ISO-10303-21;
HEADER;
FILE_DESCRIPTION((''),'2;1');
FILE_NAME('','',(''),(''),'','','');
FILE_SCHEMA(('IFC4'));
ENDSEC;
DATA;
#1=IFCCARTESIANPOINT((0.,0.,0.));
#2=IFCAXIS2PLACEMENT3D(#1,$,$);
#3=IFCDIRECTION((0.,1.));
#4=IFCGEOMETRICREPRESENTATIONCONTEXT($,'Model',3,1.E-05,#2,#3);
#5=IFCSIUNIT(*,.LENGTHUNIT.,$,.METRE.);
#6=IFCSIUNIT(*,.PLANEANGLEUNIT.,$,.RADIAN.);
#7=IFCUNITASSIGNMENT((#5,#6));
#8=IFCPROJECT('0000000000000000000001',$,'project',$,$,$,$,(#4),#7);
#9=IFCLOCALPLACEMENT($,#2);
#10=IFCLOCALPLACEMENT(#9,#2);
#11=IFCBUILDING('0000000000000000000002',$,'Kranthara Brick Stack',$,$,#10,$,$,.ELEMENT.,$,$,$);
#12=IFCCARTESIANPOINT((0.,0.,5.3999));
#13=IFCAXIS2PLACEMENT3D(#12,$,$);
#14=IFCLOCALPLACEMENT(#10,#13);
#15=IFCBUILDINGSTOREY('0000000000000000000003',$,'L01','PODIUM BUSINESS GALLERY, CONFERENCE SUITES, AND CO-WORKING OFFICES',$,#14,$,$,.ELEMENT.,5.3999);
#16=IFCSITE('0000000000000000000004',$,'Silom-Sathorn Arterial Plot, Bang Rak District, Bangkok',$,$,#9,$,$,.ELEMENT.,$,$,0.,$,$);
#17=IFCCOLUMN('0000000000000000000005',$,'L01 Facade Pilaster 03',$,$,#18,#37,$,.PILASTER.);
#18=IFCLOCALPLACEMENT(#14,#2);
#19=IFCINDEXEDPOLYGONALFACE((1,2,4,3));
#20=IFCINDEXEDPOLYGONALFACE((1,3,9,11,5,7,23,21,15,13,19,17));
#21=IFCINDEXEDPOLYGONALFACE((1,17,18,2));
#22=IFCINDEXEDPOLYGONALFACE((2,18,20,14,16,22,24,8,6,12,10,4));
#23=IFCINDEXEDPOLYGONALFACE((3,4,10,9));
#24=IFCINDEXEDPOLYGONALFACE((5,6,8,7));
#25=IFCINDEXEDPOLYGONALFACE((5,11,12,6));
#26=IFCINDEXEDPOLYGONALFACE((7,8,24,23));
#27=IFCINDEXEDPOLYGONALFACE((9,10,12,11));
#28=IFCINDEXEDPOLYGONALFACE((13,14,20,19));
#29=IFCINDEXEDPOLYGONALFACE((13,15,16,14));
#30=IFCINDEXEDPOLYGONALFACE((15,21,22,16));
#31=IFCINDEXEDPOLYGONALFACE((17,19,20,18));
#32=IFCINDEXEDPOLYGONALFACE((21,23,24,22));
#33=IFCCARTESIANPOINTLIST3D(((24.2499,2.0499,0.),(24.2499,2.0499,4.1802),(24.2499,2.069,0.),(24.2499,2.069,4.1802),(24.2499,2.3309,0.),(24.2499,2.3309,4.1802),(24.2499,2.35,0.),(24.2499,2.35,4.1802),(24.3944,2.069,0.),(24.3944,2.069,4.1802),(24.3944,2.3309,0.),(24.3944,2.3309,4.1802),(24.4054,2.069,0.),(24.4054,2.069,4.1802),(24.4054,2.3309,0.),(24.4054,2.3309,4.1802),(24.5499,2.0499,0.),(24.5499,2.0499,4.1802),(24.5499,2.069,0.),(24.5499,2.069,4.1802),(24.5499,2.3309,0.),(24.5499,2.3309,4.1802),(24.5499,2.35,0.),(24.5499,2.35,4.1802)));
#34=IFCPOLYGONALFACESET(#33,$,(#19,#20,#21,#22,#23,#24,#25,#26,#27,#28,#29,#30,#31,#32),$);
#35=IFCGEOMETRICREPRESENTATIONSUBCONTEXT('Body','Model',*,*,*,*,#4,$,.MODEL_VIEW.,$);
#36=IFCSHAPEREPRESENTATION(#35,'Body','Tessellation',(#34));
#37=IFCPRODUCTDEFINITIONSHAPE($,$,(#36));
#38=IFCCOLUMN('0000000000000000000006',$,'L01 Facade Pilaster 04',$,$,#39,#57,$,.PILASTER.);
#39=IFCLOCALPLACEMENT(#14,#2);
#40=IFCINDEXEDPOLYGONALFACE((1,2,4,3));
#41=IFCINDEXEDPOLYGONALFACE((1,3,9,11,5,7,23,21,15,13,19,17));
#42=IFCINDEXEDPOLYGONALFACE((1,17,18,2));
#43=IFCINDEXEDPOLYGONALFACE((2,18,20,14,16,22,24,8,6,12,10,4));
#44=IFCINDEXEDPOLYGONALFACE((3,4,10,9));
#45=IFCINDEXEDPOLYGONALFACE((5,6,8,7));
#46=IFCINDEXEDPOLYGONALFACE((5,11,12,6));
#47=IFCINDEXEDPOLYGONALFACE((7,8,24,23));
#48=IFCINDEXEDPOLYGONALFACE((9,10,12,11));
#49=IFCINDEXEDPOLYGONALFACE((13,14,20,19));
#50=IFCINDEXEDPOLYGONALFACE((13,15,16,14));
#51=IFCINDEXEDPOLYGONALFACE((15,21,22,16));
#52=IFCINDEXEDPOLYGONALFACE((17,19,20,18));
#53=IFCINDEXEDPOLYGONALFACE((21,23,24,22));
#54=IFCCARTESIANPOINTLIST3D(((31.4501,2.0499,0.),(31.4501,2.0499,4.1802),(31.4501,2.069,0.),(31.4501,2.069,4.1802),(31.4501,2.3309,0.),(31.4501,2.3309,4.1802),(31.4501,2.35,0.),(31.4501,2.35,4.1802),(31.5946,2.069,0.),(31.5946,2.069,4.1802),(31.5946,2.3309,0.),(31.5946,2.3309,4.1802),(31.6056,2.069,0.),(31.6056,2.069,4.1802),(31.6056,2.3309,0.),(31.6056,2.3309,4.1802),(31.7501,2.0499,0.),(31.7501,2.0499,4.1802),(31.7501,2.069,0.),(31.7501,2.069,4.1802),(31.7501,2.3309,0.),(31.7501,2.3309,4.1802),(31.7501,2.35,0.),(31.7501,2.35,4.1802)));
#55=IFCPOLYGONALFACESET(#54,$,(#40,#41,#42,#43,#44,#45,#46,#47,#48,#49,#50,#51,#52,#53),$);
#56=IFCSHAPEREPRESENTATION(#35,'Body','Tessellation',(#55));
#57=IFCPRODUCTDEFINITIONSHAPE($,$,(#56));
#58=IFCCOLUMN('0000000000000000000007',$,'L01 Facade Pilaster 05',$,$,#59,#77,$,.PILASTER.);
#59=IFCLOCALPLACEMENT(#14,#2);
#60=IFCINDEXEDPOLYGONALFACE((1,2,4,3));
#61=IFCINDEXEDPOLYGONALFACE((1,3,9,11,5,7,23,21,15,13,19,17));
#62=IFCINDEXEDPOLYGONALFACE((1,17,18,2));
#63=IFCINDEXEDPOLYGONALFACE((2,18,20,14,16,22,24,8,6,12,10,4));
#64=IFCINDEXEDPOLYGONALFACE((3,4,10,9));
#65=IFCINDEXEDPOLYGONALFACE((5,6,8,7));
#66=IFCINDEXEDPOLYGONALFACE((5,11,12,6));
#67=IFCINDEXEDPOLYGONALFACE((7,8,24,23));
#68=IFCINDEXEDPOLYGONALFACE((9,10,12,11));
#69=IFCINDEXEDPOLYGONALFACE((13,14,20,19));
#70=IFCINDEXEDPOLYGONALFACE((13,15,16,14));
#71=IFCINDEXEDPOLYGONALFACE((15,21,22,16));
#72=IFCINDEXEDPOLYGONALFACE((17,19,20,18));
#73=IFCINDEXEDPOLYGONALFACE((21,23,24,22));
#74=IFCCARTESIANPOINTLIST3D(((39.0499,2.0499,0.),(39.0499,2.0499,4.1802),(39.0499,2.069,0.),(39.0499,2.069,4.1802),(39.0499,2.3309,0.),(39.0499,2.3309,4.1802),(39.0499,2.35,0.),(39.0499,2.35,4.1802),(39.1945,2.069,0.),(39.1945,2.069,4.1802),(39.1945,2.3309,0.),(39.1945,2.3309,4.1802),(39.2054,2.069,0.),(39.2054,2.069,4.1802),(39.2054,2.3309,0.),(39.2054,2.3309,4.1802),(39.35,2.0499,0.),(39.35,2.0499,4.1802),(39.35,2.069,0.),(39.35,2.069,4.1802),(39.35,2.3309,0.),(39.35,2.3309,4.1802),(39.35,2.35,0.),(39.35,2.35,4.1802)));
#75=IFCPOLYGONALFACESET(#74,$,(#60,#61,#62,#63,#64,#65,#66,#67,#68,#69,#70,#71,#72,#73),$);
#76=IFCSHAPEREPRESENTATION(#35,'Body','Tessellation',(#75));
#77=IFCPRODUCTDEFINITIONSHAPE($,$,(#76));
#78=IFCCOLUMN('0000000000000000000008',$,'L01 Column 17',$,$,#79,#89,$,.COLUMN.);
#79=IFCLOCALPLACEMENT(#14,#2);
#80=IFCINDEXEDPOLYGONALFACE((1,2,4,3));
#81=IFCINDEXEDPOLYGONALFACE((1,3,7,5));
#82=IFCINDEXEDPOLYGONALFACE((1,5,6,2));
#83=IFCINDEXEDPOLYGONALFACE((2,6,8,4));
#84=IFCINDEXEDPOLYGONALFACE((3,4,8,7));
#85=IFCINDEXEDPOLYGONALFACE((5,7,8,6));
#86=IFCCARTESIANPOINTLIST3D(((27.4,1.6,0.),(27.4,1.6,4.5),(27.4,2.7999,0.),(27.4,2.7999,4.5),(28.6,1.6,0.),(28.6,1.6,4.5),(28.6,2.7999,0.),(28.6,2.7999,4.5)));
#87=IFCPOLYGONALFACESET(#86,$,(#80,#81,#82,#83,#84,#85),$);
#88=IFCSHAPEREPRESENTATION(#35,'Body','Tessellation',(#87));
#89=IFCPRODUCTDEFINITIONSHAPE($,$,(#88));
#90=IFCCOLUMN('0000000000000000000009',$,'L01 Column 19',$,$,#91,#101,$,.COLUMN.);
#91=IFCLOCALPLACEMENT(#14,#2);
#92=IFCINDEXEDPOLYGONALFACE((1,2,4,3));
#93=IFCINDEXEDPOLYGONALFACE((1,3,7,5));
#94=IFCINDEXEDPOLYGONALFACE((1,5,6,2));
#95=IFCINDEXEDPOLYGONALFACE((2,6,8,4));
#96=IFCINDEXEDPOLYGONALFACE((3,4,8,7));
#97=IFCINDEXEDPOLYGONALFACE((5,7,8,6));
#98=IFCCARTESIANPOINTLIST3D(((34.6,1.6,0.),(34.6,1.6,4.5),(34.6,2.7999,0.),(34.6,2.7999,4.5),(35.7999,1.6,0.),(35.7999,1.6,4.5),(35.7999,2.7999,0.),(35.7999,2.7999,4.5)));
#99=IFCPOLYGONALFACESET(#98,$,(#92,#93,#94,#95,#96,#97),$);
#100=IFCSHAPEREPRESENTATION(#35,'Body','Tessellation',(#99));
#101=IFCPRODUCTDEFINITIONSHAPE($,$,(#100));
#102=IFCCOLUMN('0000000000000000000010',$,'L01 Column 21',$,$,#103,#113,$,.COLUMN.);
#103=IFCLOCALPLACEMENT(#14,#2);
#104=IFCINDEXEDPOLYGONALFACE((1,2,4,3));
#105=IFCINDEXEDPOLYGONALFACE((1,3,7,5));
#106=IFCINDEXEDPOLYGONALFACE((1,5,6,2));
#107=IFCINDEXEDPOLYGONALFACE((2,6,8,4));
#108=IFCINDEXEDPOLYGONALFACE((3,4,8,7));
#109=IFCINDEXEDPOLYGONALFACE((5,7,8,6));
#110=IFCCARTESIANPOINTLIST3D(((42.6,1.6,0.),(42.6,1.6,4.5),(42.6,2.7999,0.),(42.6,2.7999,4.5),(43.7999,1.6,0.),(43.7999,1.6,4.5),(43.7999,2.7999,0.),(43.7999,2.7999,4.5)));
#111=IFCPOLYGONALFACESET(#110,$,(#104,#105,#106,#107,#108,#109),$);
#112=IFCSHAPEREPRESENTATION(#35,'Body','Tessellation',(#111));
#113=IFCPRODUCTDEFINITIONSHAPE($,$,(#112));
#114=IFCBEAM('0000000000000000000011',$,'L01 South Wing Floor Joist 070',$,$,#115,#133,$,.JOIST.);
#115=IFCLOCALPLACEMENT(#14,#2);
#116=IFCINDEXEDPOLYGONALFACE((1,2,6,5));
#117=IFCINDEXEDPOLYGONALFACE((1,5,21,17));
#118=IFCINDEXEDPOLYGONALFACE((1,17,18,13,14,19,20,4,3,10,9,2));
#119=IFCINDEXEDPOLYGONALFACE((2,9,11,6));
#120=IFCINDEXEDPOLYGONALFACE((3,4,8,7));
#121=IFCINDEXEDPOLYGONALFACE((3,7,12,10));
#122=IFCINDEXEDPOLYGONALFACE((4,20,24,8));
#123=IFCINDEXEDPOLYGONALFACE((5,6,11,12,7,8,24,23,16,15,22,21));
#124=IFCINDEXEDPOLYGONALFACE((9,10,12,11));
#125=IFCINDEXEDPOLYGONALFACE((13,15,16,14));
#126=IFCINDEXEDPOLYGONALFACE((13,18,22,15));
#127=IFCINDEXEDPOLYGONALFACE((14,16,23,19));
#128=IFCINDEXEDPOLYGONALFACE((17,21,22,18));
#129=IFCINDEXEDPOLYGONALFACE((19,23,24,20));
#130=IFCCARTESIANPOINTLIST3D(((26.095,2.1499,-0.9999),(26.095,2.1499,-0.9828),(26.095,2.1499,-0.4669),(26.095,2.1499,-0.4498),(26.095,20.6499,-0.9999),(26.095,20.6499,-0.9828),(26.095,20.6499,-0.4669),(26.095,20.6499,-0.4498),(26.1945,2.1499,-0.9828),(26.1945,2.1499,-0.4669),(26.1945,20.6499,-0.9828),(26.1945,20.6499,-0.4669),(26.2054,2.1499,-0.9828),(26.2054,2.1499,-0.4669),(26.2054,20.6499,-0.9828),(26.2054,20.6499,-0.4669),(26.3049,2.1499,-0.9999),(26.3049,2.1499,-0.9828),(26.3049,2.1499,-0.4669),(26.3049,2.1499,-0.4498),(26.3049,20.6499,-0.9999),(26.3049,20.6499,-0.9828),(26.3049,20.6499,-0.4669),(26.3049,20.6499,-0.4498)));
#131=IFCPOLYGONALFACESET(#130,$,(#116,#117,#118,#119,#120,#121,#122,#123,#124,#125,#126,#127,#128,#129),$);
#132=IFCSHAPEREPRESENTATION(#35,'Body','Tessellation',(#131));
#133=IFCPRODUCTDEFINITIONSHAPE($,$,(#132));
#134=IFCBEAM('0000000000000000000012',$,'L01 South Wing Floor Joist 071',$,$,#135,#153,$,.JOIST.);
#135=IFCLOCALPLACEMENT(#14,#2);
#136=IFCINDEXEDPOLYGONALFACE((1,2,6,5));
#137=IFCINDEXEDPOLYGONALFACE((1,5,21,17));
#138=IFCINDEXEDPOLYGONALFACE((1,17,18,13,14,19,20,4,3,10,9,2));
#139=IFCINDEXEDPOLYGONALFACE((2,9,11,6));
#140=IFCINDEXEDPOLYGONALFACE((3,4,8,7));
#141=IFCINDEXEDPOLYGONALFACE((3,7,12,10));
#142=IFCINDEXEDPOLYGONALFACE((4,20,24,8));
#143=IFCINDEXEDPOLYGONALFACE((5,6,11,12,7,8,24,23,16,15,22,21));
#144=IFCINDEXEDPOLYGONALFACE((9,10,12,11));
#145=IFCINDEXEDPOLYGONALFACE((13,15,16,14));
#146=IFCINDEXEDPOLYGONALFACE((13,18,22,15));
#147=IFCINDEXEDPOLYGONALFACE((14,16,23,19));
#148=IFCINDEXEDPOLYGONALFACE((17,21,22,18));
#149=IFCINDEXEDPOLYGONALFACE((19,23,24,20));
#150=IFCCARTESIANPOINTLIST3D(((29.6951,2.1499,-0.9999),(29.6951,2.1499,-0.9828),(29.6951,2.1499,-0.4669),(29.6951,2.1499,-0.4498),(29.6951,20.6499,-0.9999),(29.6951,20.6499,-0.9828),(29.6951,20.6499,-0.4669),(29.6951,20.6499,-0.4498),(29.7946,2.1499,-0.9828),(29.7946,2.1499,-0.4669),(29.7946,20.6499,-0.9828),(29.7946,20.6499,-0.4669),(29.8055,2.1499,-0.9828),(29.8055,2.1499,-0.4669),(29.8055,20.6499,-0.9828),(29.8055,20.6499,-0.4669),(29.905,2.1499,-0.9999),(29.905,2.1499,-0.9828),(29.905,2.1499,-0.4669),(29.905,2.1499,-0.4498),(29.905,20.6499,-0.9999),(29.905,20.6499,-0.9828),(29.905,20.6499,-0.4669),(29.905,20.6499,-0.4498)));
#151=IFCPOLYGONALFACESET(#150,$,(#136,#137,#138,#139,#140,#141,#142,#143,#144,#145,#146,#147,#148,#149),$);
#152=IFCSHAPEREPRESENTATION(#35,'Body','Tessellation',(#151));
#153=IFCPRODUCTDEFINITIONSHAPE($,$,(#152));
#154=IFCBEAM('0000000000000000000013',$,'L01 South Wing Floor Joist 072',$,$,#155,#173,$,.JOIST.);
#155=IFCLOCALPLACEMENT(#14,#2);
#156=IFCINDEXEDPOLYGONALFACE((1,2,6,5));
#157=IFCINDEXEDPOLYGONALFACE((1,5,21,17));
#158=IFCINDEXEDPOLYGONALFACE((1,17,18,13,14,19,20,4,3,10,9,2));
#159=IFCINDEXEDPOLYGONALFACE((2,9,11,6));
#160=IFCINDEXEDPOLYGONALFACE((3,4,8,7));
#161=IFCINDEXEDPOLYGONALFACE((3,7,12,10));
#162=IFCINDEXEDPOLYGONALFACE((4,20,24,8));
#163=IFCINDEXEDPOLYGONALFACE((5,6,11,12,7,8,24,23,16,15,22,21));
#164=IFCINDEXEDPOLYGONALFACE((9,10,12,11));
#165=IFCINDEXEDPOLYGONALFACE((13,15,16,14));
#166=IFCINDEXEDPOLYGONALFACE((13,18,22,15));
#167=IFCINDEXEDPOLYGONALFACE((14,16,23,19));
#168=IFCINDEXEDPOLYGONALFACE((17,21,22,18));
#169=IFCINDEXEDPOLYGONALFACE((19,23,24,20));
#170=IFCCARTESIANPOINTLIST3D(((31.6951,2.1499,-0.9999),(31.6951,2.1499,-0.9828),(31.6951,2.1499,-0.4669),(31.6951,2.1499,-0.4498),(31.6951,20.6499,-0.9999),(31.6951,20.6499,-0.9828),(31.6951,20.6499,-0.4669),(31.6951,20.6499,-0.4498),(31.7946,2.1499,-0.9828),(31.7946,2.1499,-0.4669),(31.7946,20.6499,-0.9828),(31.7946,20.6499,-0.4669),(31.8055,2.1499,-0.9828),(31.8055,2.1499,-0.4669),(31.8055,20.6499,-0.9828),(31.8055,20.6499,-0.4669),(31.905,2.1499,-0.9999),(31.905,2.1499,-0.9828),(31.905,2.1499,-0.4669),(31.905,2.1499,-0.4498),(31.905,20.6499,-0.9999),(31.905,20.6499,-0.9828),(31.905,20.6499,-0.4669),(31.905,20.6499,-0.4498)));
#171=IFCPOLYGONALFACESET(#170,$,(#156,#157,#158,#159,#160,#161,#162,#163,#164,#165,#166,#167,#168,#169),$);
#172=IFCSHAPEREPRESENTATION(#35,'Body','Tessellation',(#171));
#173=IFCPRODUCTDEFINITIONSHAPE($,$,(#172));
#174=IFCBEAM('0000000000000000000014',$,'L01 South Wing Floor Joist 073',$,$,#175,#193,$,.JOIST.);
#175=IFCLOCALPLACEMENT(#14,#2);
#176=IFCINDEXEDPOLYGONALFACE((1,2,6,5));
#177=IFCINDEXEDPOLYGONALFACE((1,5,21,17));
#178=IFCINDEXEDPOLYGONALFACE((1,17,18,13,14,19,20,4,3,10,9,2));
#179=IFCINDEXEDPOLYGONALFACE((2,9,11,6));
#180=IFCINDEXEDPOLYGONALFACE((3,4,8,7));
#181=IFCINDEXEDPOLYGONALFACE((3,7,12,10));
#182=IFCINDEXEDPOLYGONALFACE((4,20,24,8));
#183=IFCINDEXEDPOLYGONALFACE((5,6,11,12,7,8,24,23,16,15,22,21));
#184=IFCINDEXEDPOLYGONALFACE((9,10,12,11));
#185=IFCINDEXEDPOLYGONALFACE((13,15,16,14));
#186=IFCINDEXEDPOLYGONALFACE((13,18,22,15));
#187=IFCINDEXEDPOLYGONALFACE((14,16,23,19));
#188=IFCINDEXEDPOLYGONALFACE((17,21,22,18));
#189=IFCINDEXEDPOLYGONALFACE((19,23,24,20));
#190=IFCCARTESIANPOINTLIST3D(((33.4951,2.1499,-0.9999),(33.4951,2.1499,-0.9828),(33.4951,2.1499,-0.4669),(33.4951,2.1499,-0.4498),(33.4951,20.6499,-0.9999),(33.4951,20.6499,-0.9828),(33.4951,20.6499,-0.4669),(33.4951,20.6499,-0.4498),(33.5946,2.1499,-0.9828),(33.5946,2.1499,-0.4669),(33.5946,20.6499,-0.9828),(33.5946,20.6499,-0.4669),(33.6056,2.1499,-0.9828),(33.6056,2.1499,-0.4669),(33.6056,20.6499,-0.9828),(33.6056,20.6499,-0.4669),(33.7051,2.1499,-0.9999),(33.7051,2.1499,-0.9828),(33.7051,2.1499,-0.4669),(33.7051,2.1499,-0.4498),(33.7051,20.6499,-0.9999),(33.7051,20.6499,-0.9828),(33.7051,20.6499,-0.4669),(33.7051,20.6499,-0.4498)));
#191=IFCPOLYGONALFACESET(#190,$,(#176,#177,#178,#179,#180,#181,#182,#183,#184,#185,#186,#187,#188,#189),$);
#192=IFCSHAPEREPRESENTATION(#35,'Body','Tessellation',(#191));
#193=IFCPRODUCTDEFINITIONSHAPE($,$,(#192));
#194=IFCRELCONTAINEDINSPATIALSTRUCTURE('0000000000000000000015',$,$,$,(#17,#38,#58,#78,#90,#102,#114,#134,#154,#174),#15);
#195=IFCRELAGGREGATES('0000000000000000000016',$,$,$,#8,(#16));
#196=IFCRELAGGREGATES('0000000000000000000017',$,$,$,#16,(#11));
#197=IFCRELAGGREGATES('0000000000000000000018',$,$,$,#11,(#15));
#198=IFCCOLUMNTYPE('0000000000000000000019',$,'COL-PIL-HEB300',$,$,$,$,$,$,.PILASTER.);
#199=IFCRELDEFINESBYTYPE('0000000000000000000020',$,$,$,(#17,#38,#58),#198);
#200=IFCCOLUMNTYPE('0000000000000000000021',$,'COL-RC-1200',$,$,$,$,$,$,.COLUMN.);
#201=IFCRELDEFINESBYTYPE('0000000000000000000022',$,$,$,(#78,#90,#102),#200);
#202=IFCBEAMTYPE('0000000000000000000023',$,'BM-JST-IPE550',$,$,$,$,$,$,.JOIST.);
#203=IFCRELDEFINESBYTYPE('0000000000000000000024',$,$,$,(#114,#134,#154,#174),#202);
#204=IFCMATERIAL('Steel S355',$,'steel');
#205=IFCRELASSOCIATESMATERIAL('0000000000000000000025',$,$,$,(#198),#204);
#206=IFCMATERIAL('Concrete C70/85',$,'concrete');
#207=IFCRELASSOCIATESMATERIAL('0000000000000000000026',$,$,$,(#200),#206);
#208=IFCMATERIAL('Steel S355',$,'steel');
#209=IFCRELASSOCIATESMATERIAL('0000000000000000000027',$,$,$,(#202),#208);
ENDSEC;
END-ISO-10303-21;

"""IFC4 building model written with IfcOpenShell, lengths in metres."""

from ifc_helpers import new_model, si_unit, direction, frame, origin, origin_2d, place, context, subcontext, project, spatial, rectangle, i_section, extrude, material, material_profile, profile_set, type_object, element, save


model = new_model("IFC4")

# Units and contexts
model_context = context("Model", 3, precision=1e-05, world=origin(), true_north=direction((0.0, 1.0)))
body_context = subcontext(model_context, "Body", "Model", "MODEL_VIEW")
ifc_project = project(units=[si_unit("LENGTHUNIT", "METRE"), si_unit("PLANEANGLEUNIT", "RADIAN")], contexts=[model_context])

# Site, building, storey
site_placement = place(None, origin())
site = spatial("IfcSite", under=ifc_project, at=site_placement, Name="Silom-Sathorn Arterial Plot, Bang Rak District, Bangkok", CompositionType="ELEMENT", RefElevation=0.0)
building_placement = place(site_placement, origin())
building = spatial("IfcBuilding", under=site, at=building_placement, Name="Kranthara Brick Stack", CompositionType="ELEMENT")
storey_placement = place(building_placement, frame((0.0, 0.0, 5.3999)))
storey = spatial("IfcBuildingStorey", under=building, at=storey_placement, Name="L01", Description="PODIUM BUSINESS GALLERY, CONFERENCE SUITES, AND CO-WORKING OFFICES", CompositionType="ELEMENT", Elevation=5.3999)

# Columns
ifc_material_1 = material(Name="Steel S355", Category="steel")
ifc_material_profile_1 = material_profile(ifc_material_1, i_section(OverallWidth=0.3, OverallDepth=0.3, WebThickness=0.011, FlangeThickness=0.019, at=origin_2d()), Name="HEB 300")
ifc_profile_set_1 = profile_set([ifc_material_profile_1], Name="Steel S355")
column_type_1 = type_object("IfcColumnType", Name="COL-PIL-HEB300", PredefinedType="PILASTER", material=ifc_profile_set_1)
for number, where, z_axis, x_axis, name in (
    (1, (24.3999, 2.2, 0.0), (0.0, 0.0, 1.0), (1.0, 0.0, 0.0), "L01 Facade Pilaster 03"),
    (2, (31.6001, 2.2, 0.0), (0.0, 0.0, 1.0), (1.0, 0.0, 0.0), "L01 Facade Pilaster 04"),
    (3, (39.2, 2.2, 0.0), (0.0, 0.0, 1.0), (1.0, 0.0, 0.0), "L01 Facade Pilaster 05"),
):
    element("IfcColumn", number, at=place(storey_placement, frame(where, z_axis=z_axis, x_axis=x_axis)), inside=storey, type_object=column_type_1, Name=name, PredefinedType="PILASTER", context=body_context, shape_type="SweptSolid", body=[
        extrude(i_section(OverallWidth=0.3, OverallDepth=0.3, WebThickness=0.011, FlangeThickness=0.019, at=origin_2d()), origin(), (0.0, 0.0, 1.0), 4.1802),
    ])
ifc_material_2 = material(Name="Concrete C70/85", Category="concrete")
ifc_material_profile_2 = material_profile(ifc_material_2, rectangle(XDim=1.2, YDim=1.2, at=origin_2d()), Name="RC 1200x1200")
ifc_profile_set_2 = profile_set([ifc_material_profile_2], Name="Concrete C70/85")
column_type_2 = type_object("IfcColumnType", Name="COL-RC-1200", PredefinedType="COLUMN", material=ifc_profile_set_2)
for number, where, z_axis, x_axis, name in (
    (4, (28.0, 2.2, 0.0), (0.0, 0.0, 1.0), (1.0, 0.0, 0.0), "L01 Column 17"),
    (5, (35.2, 2.2, 0.0), (0.0, 0.0, 1.0), (1.0, 0.0, 0.0), "L01 Column 19"),
    (6, (43.2, 2.2, 0.0), (0.0, 0.0, 1.0), (1.0, 0.0, 0.0), "L01 Column 21"),
):
    element("IfcColumn", number, at=place(storey_placement, frame(where, z_axis=z_axis, x_axis=x_axis)), inside=storey, type_object=column_type_2, Name=name, PredefinedType="COLUMN", context=body_context, shape_type="SweptSolid", body=[
        extrude(rectangle(XDim=1.2, YDim=1.2, at=origin_2d()), origin(), (0.0, 0.0, 1.0), 4.5),
    ])

# Beams
ifc_material_3 = material(Name="Steel S355", Category="steel")
ifc_material_profile_3 = material_profile(ifc_material_3, i_section(OverallWidth=0.21, OverallDepth=0.55, WebThickness=0.011, FlangeThickness=0.0171, at=origin_2d()), Name="IPE 550")
ifc_profile_set_3 = profile_set([ifc_material_profile_3], Name="Steel S355")
beam_type_1 = type_object("IfcBeamType", Name="BM-JST-IPE550", PredefinedType="JOIST", material=ifc_profile_set_3)
for number, where, z_axis, x_axis, name in (
    (7, (26.2, 2.1499, -0.7249), (0.0, 1.0, 0.0), (-1.0, 0.0, 0.0), "L01 South Wing Floor Joist 070"),
    (8, (29.8, 2.1499, -0.7249), (0.0, 1.0, 0.0), (-1.0, 0.0, 0.0), "L01 South Wing Floor Joist 071"),
    (9, (31.8, 2.1499, -0.7249), (0.0, 1.0, 0.0), (-1.0, 0.0, 0.0), "L01 South Wing Floor Joist 072"),
    (10, (33.6001, 2.1499, -0.7249), (0.0, 1.0, 0.0), (-1.0, 0.0, 0.0), "L01 South Wing Floor Joist 073"),
):
    element("IfcBeam", number, at=place(storey_placement, frame(where, z_axis=z_axis, x_axis=x_axis)), inside=storey, type_object=beam_type_1, Name=name, PredefinedType="JOIST", context=body_context, shape_type="SweptSolid", body=[
        extrude(i_section(OverallWidth=0.21, OverallDepth=0.55, WebThickness=0.011, FlangeThickness=0.0171, at=origin_2d()), origin(), (0.0, 0.0, 1.0), 18.5),
    ])

save(model, "model.ifc")
